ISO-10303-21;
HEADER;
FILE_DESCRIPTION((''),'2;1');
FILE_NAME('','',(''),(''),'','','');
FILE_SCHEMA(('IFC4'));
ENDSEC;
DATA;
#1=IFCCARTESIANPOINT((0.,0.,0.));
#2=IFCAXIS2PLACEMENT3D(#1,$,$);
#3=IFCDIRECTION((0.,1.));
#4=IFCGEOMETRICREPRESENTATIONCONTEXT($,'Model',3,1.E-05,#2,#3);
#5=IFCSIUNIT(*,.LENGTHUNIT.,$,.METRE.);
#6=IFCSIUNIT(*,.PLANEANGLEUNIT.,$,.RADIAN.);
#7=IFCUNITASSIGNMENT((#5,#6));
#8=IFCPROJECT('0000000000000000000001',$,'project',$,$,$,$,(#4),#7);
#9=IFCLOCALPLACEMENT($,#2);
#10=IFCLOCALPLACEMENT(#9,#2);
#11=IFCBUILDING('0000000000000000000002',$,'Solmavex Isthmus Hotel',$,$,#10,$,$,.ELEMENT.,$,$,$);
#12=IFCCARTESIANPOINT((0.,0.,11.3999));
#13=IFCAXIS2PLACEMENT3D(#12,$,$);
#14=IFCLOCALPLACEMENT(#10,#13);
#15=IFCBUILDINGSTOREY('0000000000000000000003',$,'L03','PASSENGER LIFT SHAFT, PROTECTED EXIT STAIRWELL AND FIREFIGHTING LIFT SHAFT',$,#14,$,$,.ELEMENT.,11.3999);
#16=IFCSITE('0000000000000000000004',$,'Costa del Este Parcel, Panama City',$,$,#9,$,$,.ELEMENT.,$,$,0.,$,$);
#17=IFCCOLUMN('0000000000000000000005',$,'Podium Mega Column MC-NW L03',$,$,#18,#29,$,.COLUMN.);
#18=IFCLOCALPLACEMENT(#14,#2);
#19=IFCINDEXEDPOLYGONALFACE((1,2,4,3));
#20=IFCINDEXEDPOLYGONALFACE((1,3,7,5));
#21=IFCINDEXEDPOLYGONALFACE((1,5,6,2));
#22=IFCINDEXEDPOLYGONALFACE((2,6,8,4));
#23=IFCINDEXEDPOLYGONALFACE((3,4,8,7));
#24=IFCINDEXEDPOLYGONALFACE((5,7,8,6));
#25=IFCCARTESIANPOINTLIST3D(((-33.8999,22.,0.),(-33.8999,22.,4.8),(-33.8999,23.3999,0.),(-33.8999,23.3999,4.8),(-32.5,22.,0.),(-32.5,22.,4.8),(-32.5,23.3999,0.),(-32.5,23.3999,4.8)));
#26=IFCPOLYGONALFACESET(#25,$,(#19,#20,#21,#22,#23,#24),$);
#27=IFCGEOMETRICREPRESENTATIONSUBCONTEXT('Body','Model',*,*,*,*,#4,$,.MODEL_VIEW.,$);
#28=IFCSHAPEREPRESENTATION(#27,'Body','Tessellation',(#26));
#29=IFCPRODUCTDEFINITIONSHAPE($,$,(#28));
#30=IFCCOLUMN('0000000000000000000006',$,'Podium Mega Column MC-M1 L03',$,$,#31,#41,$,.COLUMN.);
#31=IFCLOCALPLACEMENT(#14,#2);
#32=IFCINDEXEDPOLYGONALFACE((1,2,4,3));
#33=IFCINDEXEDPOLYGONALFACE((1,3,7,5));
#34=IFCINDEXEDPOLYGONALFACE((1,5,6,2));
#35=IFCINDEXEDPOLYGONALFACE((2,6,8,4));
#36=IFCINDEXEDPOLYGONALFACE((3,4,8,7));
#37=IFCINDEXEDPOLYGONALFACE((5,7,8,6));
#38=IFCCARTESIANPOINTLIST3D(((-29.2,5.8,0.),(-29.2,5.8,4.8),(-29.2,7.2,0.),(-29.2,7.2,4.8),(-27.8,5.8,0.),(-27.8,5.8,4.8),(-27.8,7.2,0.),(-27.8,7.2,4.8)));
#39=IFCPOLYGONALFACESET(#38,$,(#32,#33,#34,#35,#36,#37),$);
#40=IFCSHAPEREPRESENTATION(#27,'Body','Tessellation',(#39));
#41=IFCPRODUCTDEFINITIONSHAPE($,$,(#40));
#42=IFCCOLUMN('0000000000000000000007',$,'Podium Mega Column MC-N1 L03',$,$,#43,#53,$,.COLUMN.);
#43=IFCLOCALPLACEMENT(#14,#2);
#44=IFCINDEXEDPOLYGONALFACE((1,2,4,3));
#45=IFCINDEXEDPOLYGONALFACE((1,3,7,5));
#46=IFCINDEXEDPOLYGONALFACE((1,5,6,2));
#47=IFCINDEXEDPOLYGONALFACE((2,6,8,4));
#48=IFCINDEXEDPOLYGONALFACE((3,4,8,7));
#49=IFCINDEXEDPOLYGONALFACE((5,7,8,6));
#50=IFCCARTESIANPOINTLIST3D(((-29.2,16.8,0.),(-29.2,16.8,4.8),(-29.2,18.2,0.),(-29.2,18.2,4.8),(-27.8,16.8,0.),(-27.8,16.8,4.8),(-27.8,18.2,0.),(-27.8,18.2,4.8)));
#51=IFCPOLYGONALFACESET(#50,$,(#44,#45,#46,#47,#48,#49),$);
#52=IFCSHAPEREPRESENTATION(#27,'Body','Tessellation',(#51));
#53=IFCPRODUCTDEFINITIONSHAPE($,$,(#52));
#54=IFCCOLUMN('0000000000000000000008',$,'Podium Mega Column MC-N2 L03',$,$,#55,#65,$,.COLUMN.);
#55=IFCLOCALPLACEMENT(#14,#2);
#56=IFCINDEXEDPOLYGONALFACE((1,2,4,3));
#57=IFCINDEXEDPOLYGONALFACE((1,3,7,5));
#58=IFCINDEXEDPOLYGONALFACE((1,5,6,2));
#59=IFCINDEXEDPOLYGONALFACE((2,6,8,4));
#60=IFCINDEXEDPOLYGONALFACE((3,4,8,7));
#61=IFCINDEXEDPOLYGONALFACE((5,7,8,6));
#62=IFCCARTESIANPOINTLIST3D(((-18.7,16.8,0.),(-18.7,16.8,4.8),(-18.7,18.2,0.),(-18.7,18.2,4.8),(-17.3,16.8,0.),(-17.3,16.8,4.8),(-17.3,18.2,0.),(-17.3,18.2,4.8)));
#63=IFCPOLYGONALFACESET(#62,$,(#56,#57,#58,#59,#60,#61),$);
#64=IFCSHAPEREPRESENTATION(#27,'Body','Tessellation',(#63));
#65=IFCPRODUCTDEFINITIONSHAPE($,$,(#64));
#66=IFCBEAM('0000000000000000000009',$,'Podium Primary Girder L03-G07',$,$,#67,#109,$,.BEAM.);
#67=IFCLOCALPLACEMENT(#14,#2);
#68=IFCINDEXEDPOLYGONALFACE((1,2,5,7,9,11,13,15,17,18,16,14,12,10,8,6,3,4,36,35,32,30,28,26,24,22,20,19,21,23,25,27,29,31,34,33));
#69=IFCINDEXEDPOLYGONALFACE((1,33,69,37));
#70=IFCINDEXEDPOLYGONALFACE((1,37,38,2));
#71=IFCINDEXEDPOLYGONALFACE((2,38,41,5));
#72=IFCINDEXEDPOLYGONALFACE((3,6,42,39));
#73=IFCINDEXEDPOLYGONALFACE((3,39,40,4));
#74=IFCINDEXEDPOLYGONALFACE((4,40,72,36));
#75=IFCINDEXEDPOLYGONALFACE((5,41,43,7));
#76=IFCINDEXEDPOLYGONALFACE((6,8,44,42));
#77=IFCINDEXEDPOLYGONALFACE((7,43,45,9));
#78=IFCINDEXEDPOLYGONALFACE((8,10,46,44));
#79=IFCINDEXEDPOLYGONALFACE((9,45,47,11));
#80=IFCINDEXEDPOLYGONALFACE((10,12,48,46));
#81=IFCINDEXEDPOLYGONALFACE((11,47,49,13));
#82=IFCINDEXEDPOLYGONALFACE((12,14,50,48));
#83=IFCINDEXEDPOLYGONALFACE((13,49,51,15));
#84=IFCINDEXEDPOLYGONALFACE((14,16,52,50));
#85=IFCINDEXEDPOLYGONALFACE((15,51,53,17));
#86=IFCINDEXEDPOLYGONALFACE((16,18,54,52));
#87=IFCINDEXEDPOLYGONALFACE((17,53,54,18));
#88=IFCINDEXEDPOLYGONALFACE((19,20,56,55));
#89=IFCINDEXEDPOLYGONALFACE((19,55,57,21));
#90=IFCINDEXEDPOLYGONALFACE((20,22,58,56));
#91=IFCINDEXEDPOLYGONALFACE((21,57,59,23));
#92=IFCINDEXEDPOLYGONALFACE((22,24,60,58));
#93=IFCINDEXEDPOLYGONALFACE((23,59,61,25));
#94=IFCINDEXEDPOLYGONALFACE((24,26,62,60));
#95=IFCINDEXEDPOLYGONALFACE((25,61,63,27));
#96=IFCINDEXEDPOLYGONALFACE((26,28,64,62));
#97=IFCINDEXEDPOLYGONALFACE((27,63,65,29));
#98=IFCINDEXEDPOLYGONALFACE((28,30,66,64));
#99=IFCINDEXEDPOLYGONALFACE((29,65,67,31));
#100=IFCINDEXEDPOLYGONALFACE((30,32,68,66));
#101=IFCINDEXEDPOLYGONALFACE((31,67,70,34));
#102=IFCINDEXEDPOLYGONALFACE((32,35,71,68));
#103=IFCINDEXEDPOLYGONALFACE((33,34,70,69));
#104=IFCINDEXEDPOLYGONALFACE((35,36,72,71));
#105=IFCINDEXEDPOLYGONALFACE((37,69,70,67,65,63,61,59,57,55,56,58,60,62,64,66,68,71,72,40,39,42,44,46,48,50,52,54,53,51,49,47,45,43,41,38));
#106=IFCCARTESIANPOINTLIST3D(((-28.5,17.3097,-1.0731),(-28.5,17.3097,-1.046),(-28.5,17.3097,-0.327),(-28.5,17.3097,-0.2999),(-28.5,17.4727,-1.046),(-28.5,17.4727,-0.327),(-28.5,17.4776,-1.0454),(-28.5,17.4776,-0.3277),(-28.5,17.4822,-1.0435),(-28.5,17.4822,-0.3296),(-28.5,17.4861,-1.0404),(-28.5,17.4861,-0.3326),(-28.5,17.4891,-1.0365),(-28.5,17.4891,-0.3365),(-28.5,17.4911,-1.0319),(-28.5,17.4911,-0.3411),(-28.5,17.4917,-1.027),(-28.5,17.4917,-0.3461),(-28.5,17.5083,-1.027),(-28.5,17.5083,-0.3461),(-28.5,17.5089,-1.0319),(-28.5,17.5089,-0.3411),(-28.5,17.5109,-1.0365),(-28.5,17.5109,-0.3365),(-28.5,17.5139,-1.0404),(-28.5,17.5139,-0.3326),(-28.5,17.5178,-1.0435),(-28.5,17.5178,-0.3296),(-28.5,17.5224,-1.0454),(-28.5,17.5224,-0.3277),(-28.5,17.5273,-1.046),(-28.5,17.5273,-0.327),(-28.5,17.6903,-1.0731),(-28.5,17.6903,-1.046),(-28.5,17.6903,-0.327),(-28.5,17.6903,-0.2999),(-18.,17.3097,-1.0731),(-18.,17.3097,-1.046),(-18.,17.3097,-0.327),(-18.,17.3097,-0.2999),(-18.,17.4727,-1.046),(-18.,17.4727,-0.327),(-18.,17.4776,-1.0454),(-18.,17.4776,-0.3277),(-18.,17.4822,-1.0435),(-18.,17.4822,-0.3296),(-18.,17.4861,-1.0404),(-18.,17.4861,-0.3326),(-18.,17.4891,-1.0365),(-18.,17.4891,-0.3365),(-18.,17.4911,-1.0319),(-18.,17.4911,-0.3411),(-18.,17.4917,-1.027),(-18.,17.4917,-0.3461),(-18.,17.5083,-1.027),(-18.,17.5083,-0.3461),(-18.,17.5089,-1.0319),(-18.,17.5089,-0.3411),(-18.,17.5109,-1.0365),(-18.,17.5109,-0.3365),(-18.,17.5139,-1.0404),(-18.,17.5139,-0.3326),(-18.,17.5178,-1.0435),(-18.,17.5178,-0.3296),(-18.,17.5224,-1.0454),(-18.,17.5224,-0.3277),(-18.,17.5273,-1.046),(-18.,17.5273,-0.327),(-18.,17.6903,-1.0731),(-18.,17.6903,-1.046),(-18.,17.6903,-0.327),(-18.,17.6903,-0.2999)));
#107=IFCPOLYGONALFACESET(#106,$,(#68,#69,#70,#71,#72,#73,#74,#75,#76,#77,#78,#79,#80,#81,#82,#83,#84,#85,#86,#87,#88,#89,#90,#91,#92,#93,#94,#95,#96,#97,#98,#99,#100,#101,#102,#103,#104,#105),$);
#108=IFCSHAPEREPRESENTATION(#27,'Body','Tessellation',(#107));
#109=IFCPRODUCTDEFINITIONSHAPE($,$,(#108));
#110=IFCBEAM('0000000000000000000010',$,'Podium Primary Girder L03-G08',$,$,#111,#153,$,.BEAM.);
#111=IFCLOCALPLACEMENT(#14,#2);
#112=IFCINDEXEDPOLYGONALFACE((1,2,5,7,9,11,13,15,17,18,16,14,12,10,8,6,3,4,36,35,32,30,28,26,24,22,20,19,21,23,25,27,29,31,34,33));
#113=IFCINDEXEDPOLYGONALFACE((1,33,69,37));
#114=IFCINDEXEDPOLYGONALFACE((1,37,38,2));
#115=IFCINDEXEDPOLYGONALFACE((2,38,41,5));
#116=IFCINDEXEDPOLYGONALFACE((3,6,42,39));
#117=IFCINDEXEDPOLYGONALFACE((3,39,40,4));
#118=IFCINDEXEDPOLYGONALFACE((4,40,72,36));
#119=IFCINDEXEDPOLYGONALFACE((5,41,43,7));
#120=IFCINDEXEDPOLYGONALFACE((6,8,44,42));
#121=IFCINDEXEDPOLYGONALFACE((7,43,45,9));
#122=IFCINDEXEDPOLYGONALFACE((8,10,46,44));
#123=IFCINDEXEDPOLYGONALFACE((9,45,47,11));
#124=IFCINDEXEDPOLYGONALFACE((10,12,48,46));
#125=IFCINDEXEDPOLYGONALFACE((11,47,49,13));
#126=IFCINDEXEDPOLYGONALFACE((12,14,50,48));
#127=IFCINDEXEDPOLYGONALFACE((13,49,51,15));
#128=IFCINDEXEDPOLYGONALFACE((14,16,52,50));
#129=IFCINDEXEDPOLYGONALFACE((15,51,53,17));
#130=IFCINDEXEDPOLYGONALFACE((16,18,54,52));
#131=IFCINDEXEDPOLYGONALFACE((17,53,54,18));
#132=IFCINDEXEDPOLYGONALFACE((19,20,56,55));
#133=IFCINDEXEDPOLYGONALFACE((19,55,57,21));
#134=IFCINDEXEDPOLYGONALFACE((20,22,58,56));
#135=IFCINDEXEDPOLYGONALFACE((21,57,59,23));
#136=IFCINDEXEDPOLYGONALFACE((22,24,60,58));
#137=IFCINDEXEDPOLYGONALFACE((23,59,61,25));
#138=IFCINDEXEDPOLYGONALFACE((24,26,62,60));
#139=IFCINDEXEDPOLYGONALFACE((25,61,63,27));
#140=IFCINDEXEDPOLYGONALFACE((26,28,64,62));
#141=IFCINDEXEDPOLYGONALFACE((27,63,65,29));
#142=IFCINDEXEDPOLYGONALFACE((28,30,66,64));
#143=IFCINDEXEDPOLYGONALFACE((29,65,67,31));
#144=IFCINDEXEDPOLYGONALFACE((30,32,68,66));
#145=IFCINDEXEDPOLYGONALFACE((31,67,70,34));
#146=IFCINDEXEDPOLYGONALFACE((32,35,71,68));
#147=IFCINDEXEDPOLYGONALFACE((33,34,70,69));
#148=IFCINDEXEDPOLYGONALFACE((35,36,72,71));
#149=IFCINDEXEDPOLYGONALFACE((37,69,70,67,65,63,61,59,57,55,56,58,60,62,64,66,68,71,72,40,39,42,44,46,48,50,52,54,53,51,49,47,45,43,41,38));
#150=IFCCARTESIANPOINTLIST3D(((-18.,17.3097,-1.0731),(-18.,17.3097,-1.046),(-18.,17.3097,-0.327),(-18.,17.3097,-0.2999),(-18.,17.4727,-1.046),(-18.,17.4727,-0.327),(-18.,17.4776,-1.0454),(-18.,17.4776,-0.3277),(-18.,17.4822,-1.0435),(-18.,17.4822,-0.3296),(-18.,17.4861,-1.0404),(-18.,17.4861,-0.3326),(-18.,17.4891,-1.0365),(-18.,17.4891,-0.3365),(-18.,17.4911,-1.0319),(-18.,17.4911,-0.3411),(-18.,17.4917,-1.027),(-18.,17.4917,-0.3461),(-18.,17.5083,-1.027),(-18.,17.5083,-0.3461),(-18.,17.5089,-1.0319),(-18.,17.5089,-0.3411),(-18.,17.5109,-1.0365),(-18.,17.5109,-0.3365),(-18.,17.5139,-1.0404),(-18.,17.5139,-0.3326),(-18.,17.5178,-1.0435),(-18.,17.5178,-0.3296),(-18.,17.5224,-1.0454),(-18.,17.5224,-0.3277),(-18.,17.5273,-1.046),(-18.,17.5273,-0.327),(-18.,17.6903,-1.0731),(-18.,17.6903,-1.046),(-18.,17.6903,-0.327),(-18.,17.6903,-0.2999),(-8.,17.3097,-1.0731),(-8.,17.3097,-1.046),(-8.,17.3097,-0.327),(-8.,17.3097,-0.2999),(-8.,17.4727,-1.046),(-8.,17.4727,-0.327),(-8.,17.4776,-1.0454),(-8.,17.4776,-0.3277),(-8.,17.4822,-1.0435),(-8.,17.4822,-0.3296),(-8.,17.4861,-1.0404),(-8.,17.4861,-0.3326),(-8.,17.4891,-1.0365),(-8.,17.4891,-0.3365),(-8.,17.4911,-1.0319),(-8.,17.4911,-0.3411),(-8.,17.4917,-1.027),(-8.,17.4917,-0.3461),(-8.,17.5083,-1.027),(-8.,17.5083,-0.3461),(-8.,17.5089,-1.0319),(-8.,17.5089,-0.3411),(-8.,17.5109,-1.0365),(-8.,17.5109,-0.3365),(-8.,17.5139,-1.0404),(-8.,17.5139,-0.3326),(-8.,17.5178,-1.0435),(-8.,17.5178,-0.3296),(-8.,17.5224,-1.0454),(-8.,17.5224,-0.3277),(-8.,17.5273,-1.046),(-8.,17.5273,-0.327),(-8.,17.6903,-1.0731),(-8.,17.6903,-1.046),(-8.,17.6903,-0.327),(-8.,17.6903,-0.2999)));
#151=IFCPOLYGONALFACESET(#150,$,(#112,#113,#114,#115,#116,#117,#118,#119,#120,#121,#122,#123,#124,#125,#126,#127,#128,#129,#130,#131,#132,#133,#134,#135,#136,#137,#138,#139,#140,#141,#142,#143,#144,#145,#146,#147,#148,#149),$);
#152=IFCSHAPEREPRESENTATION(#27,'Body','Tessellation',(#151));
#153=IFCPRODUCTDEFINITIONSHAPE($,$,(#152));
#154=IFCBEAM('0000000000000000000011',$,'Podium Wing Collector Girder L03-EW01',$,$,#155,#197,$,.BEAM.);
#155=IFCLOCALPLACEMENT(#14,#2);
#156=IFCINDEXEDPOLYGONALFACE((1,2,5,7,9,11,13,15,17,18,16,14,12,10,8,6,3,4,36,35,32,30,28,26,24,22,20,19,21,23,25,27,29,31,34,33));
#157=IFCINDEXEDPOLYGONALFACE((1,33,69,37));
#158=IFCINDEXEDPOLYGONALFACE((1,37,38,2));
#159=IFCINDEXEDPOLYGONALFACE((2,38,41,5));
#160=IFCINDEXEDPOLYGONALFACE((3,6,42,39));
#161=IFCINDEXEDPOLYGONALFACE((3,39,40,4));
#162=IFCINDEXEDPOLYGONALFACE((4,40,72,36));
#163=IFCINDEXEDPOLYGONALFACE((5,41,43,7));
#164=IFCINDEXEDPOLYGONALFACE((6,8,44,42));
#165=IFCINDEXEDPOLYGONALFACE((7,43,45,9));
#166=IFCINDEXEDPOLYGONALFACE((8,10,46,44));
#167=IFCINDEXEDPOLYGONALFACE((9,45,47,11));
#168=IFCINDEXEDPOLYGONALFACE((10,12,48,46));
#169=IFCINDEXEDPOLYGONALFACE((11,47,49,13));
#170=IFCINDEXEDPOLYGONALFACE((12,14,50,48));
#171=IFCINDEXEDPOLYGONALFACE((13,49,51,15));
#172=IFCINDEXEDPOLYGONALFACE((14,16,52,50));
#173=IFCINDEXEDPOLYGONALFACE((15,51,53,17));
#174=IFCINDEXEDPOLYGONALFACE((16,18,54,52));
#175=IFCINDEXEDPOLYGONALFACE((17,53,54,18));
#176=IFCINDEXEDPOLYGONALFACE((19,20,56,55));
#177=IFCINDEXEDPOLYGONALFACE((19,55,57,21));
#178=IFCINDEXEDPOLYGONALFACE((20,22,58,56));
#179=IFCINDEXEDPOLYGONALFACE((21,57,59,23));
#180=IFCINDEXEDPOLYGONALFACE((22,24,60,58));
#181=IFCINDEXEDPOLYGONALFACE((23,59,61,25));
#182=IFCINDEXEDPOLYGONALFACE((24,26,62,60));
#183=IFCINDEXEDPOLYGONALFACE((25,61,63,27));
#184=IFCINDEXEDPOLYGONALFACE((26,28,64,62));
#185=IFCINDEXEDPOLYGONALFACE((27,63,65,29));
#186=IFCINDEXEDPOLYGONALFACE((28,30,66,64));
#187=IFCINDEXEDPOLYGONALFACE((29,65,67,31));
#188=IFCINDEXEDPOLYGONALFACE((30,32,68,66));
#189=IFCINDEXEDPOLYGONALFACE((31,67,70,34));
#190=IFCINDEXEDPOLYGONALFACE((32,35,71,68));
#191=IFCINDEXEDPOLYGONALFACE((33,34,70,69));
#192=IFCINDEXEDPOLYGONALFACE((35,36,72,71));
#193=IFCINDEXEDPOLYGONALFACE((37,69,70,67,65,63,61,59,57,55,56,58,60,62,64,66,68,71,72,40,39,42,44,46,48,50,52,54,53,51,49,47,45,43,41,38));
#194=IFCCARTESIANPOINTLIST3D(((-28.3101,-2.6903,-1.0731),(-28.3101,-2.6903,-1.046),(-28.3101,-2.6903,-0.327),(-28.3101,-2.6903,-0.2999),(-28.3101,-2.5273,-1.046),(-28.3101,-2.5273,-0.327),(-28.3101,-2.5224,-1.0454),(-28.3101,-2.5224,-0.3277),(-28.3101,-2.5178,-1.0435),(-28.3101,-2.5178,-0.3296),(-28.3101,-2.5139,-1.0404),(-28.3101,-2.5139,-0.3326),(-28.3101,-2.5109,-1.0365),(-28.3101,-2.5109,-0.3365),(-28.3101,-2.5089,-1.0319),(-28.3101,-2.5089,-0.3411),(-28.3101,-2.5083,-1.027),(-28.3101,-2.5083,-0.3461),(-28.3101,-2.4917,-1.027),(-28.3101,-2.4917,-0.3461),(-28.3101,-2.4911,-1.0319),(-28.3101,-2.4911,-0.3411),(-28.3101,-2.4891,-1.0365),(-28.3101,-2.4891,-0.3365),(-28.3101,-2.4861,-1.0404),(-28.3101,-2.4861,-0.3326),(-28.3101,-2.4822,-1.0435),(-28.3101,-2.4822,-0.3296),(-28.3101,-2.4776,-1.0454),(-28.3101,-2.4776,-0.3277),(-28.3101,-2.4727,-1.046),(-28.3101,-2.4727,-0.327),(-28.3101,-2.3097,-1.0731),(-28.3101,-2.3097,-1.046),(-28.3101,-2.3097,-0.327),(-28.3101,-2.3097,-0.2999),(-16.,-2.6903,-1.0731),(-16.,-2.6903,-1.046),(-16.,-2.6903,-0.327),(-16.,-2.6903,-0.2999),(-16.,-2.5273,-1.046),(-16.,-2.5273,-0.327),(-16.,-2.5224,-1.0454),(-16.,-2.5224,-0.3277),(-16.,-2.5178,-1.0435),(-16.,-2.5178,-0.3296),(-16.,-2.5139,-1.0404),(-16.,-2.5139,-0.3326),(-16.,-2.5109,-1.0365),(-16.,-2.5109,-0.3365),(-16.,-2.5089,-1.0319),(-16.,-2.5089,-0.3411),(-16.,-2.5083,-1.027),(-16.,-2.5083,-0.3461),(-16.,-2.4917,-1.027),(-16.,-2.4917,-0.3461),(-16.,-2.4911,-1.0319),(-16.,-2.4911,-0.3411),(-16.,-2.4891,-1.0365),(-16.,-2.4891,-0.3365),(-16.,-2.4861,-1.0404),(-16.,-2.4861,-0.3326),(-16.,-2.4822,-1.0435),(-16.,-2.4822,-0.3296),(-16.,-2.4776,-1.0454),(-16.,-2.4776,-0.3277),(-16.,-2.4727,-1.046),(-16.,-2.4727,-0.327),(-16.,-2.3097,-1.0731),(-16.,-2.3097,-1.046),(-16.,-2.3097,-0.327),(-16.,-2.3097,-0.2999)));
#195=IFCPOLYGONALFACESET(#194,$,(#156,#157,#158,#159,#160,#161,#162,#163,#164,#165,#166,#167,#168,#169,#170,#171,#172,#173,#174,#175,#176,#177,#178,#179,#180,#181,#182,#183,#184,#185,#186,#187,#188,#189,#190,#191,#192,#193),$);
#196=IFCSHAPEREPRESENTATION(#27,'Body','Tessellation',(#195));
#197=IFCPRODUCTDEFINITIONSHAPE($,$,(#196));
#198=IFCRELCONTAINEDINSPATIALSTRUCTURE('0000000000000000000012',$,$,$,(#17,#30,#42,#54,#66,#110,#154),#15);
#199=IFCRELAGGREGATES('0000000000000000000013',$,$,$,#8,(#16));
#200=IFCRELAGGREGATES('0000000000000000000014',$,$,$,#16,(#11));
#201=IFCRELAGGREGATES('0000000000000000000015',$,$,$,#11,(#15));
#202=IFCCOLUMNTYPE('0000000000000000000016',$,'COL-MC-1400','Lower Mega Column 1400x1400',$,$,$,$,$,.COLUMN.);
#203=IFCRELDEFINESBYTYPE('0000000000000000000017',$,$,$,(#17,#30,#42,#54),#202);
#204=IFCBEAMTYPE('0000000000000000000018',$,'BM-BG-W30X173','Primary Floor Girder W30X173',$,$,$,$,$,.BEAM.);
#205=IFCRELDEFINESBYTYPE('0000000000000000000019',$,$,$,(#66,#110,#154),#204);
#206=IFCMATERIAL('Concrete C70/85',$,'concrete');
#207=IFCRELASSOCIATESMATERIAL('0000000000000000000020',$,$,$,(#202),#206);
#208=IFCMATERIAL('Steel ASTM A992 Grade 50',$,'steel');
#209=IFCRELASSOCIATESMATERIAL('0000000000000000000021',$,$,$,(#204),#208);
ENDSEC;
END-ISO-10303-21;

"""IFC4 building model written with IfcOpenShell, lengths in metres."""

from ifc_helpers import new_model, si_unit, direction, frame, origin, origin_2d, place, context, subcontext, project, spatial, rectangle, i_section, extrude, material, material_profile, profile_set, type_object, element, save


model = new_model("IFC4")

# Units and contexts
model_context = context("Model", 3, precision=1e-05, world=origin(), true_north=direction((0.0, 1.0)))
body_context = subcontext(model_context, "Body", "Model", "MODEL_VIEW")
ifc_project = project(units=[si_unit("LENGTHUNIT", "METRE"), si_unit("PLANEANGLEUNIT", "RADIAN")], contexts=[model_context])

# Site, building, storey
site_placement = place(None, origin())
site = spatial("IfcSite", under=ifc_project, at=site_placement, Name="Costa del Este Parcel, Panama City", CompositionType="ELEMENT", RefElevation=0.0)
building_placement = place(site_placement, origin())
building = spatial("IfcBuilding", under=site, at=building_placement, Name="Solmavex Isthmus Hotel", CompositionType="ELEMENT")
storey_placement = place(building_placement, frame((0.0, 0.0, 11.3999)))
storey = spatial("IfcBuildingStorey", under=building, at=storey_placement, Name="L03", Description="PASSENGER LIFT SHAFT, PROTECTED EXIT STAIRWELL AND FIREFIGHTING LIFT SHAFT", CompositionType="ELEMENT", Elevation=11.3999)

# Columns
ifc_material_1 = material(Name="Concrete C70/85", Category="concrete")
ifc_material_profile_1 = material_profile(ifc_material_1, rectangle(XDim=1.3999, YDim=1.3999, at=origin_2d()), Name="RC1400X1400")
ifc_profile_set_1 = profile_set([ifc_material_profile_1], Name="Concrete C70/85")
column_type = type_object("IfcColumnType", Name="COL-MC-1400", Description="Lower Mega Column 1400x1400", PredefinedType="COLUMN", material=ifc_profile_set_1)
for number, where, z_axis, x_axis, name in (
    (1, (-33.2, 22.7, 0.0), (0.0, 0.0, 1.0), (1.0, 0.0, 0.0), "Podium Mega Column MC-NW L03"),
    (2, (-28.5, 6.5, 0.0), (0.0, 0.0, 1.0), (1.0, 0.0, 0.0), "Podium Mega Column MC-M1 L03"),
    (3, (-28.5, 17.5, 0.0), (0.0, 0.0, 1.0), (1.0, 0.0, 0.0), "Podium Mega Column MC-N1 L03"),
    (4, (-18.0, 17.5, 0.0), (0.0, 0.0, 1.0), (1.0, 0.0, 0.0), "Podium Mega Column MC-N2 L03"),
):
    element("IfcColumn", number, at=place(storey_placement, frame(where, z_axis=z_axis, x_axis=x_axis)), inside=storey, type_object=column_type, Name=name, PredefinedType="COLUMN", context=body_context, shape_type="SweptSolid", body=[
        extrude(rectangle(XDim=1.3999, YDim=1.3999, at=origin_2d()), origin(), (0.0, 0.0, 1.0), 4.8),
    ])

# Beams
ifc_material_2 = material(Name="Steel ASTM A992 Grade 50", Category="steel")
ifc_material_profile_2 = material_profile(ifc_material_2, i_section(OverallWidth=0.3806, OverallDepth=0.7732, WebThickness=0.0166, FlangeThickness=0.0271, FilletRadius=0.019, at=origin_2d()), Name="W30X173")
ifc_profile_set_2 = profile_set([ifc_material_profile_2], Name="Steel ASTM A992 Grade 50")
beam_type_1 = type_object("IfcBeamType", Name="BM-BG-W30X173", Description="Primary Floor Girder W30X173", PredefinedType="BEAM", material=ifc_profile_set_2)
beam_1_placement = place(storey_placement, frame((-28.5, 17.5, -0.6865), z_axis=(1.0, 0.0, 0.0), x_axis=(0.0, 1.0, 0.0)))
element("IfcBeam", 5, at=beam_1_placement, inside=storey, type_object=beam_type_1, Name="Podium Primary Girder L03-G07", PredefinedType="BEAM", context=body_context, shape_type="SweptSolid", body=[
    extrude(i_section(OverallWidth=0.3806, OverallDepth=0.7732, WebThickness=0.0166, FlangeThickness=0.0271, FilletRadius=0.019, at=origin_2d()), origin(), (0.0, 0.0, 1.0), 10.5),
])
beam_2_placement = place(storey_placement, frame((-18.0, 17.5, -0.6865), z_axis=(1.0, 0.0, 0.0), x_axis=(0.0, 1.0, 0.0)))
element("IfcBeam", 6, at=beam_2_placement, inside=storey, type_object=beam_type_1, Name="Podium Primary Girder L03-G08", PredefinedType="BEAM", context=body_context, shape_type="SweptSolid", body=[
    extrude(i_section(OverallWidth=0.3806, OverallDepth=0.7732, WebThickness=0.0166, FlangeThickness=0.0271, FilletRadius=0.019, at=origin_2d()), origin(), (0.0, 0.0, 1.0), 10.0),
])
beam_3_placement = place(storey_placement, frame((-28.3101, -2.5, -0.6865), z_axis=(1.0, 0.0, 0.0), x_axis=(0.0, 1.0, 0.0)))
element("IfcBeam", 7, at=beam_3_placement, inside=storey, type_object=beam_type_1, Name="Podium Wing Collector Girder L03-EW01", PredefinedType="BEAM", context=body_context, shape_type="SweptSolid", body=[
    extrude(i_section(OverallWidth=0.3806, OverallDepth=0.7732, WebThickness=0.0166, FlangeThickness=0.0271, FilletRadius=0.019, at=origin_2d()), origin(), (0.0, 0.0, 1.0), 12.3101),
])

save(model, "model.ifc")
